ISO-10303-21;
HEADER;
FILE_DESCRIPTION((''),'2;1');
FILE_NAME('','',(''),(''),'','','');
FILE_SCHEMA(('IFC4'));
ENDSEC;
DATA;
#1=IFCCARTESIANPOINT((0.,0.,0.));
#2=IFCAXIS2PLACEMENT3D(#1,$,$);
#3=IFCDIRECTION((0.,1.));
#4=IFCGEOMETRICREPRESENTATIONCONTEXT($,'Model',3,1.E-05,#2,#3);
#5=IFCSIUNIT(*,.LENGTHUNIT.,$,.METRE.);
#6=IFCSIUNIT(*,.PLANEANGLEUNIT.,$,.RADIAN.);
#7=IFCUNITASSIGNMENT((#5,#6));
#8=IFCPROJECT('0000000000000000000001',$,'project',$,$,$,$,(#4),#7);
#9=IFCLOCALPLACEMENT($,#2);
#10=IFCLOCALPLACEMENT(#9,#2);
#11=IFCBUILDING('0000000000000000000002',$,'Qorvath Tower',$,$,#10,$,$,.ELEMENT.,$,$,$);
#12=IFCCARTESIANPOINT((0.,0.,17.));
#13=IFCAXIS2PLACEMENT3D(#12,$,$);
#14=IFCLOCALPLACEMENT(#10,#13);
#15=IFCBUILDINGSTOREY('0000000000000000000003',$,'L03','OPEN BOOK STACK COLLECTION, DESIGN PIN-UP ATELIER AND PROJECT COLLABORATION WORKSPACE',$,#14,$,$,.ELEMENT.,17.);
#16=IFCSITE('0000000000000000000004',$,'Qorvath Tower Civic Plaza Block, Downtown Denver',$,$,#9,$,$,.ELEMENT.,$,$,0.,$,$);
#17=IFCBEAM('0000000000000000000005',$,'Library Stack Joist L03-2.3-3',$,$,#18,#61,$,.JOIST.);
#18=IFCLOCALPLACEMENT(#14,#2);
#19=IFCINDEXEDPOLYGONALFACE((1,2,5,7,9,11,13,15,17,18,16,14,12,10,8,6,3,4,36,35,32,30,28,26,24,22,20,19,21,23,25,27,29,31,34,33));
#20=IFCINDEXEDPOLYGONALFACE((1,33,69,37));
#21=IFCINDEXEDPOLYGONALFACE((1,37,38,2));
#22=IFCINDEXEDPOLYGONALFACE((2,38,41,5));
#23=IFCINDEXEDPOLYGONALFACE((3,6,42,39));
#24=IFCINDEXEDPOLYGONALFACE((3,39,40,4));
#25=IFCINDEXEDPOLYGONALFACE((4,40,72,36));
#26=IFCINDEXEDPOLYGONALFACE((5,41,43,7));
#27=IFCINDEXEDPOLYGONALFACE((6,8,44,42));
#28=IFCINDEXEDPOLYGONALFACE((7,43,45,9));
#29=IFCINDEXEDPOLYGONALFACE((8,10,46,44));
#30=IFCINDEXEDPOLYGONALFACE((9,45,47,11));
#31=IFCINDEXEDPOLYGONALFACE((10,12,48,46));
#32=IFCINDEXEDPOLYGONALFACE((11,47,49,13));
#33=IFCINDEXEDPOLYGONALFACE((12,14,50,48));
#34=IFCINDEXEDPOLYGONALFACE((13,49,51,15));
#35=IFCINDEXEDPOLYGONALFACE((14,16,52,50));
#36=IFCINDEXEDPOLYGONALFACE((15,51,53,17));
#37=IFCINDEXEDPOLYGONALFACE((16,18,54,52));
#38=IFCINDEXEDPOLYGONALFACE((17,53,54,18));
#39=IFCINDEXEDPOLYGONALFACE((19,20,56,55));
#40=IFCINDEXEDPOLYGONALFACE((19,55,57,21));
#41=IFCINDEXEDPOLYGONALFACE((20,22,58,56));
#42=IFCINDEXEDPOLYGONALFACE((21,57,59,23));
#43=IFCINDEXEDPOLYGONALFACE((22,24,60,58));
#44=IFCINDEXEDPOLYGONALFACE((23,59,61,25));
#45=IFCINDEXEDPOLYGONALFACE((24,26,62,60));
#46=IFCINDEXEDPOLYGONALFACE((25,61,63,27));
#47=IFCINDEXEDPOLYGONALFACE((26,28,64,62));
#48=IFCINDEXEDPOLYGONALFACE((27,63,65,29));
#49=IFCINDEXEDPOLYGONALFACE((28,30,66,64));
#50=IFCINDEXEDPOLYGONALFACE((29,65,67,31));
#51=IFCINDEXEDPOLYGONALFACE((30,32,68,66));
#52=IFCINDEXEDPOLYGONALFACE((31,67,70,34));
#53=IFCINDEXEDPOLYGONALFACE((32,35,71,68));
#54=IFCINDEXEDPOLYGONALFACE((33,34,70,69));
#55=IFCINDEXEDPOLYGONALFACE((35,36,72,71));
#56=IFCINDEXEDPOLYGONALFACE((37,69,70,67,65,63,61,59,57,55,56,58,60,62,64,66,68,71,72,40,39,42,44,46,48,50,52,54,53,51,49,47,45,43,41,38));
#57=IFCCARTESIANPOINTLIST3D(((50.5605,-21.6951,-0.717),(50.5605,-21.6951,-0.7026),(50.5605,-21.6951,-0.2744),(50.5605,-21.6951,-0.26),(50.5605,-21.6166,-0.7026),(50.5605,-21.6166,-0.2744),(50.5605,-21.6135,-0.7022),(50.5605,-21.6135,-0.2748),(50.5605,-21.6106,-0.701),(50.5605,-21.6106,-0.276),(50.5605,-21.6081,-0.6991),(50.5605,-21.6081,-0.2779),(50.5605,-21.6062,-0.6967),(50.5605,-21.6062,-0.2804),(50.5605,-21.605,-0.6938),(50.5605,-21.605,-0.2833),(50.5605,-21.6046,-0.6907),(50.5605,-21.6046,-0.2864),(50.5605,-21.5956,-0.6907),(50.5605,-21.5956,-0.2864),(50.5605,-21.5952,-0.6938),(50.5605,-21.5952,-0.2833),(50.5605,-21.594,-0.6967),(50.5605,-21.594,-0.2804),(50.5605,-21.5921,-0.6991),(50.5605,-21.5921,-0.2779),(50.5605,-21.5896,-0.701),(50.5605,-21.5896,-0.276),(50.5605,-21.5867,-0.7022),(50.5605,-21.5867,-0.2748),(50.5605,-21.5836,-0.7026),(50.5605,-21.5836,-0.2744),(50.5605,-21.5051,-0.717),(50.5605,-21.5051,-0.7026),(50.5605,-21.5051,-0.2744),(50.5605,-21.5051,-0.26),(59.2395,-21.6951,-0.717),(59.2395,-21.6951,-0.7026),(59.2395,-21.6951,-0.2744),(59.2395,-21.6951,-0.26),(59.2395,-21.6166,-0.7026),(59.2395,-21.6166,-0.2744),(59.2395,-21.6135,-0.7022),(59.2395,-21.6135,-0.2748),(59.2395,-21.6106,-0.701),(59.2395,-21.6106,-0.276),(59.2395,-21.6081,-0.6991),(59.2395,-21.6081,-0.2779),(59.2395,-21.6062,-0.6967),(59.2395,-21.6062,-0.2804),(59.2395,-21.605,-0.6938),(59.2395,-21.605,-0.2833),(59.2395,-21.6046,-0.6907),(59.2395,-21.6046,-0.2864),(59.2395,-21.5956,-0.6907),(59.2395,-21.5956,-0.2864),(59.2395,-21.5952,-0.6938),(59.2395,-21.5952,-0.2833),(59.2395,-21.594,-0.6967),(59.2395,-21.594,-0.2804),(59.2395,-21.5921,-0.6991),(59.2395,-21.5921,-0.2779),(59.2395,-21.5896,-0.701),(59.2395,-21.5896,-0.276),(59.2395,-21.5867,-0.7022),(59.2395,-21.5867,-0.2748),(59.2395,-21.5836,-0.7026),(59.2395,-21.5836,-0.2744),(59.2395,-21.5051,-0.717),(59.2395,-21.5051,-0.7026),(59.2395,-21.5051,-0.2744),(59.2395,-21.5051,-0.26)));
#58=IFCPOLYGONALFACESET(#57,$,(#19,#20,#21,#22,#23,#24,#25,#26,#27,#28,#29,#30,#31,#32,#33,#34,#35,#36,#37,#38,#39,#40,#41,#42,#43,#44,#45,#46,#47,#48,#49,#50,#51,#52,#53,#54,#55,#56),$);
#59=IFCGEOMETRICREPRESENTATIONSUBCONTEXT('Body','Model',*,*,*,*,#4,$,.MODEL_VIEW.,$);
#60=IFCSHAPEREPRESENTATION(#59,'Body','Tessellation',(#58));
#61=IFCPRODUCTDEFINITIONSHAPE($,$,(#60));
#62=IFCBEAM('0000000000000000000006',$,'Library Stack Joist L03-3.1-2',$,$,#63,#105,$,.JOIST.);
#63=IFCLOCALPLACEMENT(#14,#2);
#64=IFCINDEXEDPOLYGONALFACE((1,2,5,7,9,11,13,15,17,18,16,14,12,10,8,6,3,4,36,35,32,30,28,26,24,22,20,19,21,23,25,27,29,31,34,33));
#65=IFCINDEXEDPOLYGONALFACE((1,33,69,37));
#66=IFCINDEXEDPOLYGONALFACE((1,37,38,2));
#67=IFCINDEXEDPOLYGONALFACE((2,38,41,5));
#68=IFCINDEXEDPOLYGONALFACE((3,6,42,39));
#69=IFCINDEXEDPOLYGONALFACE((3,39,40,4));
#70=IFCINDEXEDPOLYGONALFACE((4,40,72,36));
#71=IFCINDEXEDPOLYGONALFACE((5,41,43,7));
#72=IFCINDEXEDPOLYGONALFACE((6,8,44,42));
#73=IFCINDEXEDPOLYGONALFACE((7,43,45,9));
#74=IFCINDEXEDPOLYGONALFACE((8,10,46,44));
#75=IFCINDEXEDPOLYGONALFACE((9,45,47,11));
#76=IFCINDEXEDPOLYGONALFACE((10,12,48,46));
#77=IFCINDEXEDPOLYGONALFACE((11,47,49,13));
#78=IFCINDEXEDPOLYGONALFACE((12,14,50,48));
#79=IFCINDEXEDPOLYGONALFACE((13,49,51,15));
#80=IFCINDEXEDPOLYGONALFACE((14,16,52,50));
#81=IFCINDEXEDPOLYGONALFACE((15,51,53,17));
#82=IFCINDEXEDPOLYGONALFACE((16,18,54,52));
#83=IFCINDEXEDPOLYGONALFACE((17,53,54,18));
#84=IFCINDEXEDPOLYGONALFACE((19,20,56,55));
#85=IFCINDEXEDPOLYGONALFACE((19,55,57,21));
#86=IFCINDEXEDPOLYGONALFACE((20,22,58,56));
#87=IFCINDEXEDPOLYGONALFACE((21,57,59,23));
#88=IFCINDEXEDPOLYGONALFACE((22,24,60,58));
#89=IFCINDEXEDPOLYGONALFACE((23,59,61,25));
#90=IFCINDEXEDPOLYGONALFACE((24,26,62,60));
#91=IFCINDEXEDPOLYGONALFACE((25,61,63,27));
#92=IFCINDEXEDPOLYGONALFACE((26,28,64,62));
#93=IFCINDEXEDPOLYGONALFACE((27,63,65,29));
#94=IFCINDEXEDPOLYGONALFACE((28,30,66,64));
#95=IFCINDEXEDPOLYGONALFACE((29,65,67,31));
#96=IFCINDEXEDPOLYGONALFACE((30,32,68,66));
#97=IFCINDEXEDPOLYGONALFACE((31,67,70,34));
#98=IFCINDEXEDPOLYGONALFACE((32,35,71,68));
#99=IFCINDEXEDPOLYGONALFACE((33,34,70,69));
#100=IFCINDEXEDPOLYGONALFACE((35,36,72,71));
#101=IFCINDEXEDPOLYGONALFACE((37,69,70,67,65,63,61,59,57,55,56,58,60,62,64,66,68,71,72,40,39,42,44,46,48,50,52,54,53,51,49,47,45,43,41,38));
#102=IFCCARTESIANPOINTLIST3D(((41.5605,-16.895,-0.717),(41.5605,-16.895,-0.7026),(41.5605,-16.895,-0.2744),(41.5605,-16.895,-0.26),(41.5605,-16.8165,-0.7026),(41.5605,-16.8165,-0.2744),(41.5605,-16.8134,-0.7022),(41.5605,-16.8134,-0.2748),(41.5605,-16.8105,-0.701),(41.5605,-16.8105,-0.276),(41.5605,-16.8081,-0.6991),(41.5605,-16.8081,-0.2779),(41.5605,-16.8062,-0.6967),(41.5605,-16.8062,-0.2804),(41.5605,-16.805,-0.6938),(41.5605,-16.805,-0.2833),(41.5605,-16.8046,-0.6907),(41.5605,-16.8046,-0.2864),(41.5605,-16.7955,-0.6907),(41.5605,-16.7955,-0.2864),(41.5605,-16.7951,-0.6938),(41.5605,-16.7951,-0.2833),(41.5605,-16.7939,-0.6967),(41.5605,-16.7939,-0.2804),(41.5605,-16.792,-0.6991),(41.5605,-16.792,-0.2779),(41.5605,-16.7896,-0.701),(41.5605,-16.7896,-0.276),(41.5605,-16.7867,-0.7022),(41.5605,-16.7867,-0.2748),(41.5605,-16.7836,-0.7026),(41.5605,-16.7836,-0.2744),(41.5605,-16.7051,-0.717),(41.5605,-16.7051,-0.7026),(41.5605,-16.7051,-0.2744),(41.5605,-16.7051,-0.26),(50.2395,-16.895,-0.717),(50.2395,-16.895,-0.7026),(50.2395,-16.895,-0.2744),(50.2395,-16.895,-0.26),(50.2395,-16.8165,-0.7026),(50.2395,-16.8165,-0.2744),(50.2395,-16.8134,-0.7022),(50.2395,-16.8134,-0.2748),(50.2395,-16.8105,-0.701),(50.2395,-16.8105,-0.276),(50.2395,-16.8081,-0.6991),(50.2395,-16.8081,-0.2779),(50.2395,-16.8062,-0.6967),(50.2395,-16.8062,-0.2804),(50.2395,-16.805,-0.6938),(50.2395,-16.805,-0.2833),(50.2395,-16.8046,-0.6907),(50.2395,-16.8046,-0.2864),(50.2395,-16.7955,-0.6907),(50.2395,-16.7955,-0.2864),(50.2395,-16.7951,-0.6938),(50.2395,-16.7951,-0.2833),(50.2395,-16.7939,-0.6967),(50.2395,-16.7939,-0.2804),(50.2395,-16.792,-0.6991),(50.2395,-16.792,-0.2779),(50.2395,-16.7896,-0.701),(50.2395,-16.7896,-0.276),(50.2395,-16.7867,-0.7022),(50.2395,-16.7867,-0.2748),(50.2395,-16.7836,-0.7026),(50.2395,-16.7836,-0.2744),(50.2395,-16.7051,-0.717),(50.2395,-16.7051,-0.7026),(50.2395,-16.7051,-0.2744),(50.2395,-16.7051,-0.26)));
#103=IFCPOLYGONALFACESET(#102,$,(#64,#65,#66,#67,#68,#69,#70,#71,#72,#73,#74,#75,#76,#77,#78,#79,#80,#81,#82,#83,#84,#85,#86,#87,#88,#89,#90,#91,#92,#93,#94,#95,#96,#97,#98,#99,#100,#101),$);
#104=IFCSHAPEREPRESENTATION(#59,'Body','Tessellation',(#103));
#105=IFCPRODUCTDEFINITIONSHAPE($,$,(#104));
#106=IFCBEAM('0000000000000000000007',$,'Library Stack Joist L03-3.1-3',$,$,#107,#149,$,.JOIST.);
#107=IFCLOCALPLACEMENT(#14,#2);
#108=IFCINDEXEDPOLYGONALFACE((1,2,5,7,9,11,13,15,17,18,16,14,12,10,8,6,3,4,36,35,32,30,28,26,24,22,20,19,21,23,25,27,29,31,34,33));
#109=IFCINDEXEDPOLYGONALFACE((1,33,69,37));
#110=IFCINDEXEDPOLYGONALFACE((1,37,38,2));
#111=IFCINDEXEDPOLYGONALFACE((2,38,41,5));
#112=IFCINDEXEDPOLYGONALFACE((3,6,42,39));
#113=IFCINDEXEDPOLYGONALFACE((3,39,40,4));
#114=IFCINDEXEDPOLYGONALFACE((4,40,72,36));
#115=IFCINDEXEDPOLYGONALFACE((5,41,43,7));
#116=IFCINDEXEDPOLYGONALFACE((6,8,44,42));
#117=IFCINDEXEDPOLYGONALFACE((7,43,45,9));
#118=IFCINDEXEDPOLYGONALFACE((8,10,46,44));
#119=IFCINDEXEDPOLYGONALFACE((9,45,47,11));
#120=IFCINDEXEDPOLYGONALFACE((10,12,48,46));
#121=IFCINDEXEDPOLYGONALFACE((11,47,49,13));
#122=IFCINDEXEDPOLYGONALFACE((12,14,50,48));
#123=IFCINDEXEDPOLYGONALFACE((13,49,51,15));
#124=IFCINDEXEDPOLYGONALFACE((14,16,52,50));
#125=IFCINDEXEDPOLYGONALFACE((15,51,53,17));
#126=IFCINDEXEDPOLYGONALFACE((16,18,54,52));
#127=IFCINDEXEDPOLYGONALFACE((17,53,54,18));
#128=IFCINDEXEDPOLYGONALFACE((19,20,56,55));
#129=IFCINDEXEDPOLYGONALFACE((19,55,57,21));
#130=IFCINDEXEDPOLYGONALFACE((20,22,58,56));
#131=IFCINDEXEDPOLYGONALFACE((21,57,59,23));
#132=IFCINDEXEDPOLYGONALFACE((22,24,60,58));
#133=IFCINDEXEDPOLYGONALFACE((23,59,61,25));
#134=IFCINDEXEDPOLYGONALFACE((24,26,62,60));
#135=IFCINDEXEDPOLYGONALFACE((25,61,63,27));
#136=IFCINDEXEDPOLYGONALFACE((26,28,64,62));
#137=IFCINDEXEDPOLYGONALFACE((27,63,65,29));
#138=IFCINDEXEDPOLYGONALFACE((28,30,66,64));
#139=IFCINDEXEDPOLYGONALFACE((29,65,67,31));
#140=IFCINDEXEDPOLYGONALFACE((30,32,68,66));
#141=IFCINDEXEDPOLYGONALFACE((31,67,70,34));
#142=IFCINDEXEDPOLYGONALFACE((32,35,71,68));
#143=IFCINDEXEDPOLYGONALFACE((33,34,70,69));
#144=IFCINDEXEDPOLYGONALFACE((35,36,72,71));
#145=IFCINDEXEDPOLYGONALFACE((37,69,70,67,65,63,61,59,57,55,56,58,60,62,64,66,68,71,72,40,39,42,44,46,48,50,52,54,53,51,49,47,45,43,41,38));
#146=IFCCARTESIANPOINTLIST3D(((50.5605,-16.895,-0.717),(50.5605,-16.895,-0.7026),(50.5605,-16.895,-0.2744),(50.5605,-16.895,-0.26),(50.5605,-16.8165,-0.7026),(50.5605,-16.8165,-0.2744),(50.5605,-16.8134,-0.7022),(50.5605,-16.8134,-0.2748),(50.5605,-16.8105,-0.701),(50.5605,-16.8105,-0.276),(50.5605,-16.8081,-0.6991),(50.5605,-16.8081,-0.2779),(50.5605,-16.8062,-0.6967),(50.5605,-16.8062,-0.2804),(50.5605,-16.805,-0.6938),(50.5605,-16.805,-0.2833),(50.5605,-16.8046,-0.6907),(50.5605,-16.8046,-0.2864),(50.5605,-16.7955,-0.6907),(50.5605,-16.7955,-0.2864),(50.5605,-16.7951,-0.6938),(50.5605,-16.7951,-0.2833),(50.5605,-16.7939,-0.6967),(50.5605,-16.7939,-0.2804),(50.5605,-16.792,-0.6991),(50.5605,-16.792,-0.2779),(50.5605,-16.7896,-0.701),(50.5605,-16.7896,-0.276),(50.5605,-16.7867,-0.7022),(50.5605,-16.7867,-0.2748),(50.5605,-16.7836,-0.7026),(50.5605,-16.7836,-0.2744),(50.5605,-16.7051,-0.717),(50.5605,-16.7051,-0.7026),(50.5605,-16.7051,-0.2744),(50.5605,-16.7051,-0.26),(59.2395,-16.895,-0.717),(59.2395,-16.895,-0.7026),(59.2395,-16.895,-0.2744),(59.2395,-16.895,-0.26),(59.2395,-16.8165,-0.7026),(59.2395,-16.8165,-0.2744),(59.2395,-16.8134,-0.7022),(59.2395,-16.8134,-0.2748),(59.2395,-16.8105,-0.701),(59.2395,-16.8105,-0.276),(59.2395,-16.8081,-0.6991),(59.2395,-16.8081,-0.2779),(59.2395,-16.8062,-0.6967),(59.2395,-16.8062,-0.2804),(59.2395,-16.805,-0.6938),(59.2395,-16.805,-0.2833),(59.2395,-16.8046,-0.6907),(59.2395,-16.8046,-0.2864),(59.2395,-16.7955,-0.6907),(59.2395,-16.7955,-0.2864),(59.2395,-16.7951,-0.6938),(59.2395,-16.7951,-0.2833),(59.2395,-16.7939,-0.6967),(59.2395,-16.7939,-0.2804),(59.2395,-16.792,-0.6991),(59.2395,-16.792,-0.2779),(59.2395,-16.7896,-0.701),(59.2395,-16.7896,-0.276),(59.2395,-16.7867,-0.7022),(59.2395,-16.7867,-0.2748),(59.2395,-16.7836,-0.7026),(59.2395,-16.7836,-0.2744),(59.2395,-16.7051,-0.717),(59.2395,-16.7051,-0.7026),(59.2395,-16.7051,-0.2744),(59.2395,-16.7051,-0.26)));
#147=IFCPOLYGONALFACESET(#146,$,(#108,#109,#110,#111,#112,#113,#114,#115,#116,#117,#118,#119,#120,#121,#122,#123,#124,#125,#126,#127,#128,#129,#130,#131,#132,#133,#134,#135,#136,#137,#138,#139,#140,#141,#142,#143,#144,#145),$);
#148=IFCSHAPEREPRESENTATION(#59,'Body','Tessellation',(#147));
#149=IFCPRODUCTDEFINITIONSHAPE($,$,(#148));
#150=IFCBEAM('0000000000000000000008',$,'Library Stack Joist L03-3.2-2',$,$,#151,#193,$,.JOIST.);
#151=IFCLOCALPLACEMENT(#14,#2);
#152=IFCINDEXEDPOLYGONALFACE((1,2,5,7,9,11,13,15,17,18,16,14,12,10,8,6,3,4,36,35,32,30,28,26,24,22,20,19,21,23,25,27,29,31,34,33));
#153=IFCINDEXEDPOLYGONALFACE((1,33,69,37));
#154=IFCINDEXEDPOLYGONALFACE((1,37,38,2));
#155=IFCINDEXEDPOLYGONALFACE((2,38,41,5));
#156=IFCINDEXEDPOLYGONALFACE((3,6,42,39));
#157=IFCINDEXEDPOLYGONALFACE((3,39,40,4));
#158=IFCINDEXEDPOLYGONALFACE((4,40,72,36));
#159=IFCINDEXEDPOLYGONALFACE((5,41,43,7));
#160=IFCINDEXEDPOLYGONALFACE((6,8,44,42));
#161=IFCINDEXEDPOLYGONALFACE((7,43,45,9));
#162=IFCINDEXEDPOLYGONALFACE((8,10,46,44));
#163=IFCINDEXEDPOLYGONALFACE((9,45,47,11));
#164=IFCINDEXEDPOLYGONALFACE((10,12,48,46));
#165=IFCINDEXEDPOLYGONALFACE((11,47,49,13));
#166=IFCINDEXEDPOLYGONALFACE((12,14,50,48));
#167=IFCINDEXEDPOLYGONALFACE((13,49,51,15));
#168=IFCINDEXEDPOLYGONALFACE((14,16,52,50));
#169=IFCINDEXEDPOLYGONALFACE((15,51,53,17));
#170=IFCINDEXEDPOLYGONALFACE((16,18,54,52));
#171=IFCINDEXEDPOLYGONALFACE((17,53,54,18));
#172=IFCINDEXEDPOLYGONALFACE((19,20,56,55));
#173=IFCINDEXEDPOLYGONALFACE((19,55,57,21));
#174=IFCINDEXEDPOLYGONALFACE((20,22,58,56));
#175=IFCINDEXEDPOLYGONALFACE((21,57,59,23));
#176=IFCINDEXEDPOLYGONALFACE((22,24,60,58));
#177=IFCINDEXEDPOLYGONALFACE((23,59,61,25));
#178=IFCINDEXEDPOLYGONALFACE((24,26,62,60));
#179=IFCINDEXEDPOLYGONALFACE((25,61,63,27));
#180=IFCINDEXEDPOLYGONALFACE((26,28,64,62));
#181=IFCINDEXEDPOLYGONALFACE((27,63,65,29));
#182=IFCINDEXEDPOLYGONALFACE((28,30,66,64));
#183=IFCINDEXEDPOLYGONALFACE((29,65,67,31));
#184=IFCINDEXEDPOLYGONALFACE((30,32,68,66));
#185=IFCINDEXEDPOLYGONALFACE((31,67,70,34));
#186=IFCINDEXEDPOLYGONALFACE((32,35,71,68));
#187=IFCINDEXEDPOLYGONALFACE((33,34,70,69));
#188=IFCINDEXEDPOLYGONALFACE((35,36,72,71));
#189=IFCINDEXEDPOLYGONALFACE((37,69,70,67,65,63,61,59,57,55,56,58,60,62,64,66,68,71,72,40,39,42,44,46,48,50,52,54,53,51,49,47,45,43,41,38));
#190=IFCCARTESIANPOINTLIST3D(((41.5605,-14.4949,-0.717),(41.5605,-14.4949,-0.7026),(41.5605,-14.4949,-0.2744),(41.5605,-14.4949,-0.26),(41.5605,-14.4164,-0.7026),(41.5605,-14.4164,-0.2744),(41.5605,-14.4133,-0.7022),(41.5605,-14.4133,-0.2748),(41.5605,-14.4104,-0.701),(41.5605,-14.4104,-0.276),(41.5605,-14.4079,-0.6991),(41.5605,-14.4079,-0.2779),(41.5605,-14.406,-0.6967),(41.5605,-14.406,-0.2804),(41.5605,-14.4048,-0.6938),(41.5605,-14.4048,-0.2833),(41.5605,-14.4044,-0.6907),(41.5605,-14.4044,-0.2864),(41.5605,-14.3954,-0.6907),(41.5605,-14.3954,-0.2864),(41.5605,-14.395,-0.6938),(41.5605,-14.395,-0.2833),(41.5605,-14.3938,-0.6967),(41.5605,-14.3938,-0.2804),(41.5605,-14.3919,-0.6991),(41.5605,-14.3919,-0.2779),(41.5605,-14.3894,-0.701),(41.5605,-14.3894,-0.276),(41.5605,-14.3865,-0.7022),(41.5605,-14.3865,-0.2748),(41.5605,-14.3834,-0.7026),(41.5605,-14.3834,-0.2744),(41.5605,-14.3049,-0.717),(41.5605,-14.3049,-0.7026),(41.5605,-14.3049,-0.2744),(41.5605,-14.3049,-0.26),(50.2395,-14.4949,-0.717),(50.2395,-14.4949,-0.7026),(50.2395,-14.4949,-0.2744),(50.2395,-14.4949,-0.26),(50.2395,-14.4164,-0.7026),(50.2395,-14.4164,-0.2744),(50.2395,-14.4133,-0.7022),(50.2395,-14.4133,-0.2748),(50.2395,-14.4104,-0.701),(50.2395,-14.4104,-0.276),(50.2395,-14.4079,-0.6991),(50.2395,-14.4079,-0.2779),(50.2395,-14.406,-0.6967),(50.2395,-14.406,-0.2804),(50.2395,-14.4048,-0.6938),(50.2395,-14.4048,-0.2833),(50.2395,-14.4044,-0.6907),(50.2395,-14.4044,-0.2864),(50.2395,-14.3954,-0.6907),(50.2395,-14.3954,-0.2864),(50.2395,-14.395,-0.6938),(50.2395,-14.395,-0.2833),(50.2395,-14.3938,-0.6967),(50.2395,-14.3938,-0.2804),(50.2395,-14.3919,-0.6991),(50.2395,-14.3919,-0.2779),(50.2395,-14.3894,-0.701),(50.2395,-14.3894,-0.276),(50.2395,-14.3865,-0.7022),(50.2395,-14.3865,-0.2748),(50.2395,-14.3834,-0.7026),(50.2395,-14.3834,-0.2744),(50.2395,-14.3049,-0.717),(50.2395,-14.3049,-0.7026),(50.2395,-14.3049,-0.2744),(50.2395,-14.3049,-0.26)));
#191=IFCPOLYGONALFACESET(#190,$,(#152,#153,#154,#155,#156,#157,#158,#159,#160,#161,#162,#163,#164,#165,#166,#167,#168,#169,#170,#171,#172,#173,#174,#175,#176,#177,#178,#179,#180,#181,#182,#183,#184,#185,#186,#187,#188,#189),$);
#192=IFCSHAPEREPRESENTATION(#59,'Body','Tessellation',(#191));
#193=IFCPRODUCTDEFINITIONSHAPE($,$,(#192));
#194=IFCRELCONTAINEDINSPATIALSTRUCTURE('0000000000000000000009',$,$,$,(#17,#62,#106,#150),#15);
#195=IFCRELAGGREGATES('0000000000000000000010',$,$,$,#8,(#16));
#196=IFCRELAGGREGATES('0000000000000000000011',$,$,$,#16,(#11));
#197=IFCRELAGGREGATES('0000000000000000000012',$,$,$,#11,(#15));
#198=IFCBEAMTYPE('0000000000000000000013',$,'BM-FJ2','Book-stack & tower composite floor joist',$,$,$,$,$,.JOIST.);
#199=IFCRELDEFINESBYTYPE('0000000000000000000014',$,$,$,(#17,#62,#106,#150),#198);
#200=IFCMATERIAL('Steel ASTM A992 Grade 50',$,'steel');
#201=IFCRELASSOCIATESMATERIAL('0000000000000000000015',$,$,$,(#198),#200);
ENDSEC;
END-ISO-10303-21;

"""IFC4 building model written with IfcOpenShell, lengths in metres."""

from ifc_helpers import new_model, si_unit, direction, frame, origin, origin_2d, place, context, subcontext, project, spatial, i_section, extrude, material, material_profile, profile_set, type_object, element, save


model = new_model("IFC4")

# Units and contexts
model_context = context("Model", 3, precision=1e-05, world=origin(), true_north=direction((0.0, 1.0)))
body_context = subcontext(model_context, "Body", "Model", "MODEL_VIEW")
ifc_project = project(units=[si_unit("LENGTHUNIT", "METRE"), si_unit("PLANEANGLEUNIT", "RADIAN")], contexts=[model_context])

# Site, building, storey
site_placement = place(None, origin())
site = spatial("IfcSite", under=ifc_project, at=site_placement, Name="Qorvath Tower Civic Plaza Block, Downtown Denver", CompositionType="ELEMENT", RefElevation=0.0)
building_placement = place(site_placement, origin())
building = spatial("IfcBuilding", under=site, at=building_placement, Name="Qorvath Tower", CompositionType="ELEMENT")
storey_placement = place(building_placement, frame((0.0, 0.0, 17.0)))
storey = spatial("IfcBuildingStorey", under=building, at=storey_placement, Name="L03", Description="OPEN BOOK STACK COLLECTION, DESIGN PIN-UP ATELIER AND PROJECT COLLABORATION WORKSPACE", CompositionType="ELEMENT", Elevation=17.0)

# Beams
ifc_material_1 = material(Name="Steel ASTM A992 Grade 50", Category="steel")
ifc_material_profile_1 = material_profile(ifc_material_1, i_section(OverallWidth=0.1899, OverallDepth=0.457, WebThickness=0.009, FlangeThickness=0.0144, FilletRadius=0.012, at=origin_2d()), Name="W18x50")
ifc_profile_set_1 = profile_set([ifc_material_profile_1], Name="Steel ASTM A992 Grade 50")
beam_type_1 = type_object("IfcBeamType", Name="BM-FJ2", Description="Book-stack & tower composite floor joist", PredefinedType="JOIST", material=ifc_profile_set_1)
for number, where, z_axis, x_axis, name in (
    (1, (50.5605, -21.6001, -0.4885), (1.0, 0.0, 0.0), (0.0, 1.0, 0.0), "Library Stack Joist L03-2.3-3"),
    (2, (41.5605, -16.8, -0.4885), (1.0, 0.0, 0.0), (0.0, 1.0, 0.0), "Library Stack Joist L03-3.1-2"),
    (3, (50.5605, -16.8, -0.4885), (1.0, 0.0, 0.0), (0.0, 1.0, 0.0), "Library Stack Joist L03-3.1-3"),
    (4, (41.5605, -14.3999, -0.4885), (1.0, 0.0, 0.0), (0.0, 1.0, 0.0), "Library Stack Joist L03-3.2-2"),
):
    element("IfcBeam", number, at=place(storey_placement, frame(where, z_axis=z_axis, x_axis=x_axis)), inside=storey, type_object=beam_type_1, Name=name, PredefinedType="JOIST", context=body_context, shape_type="SweptSolid", body=[
        extrude(i_section(OverallWidth=0.1899, OverallDepth=0.457, WebThickness=0.009, FlangeThickness=0.0144, FilletRadius=0.012, at=origin_2d()), origin(), (0.0, 0.0, 1.0), 8.679),
    ])

save(model, "model.ifc")
